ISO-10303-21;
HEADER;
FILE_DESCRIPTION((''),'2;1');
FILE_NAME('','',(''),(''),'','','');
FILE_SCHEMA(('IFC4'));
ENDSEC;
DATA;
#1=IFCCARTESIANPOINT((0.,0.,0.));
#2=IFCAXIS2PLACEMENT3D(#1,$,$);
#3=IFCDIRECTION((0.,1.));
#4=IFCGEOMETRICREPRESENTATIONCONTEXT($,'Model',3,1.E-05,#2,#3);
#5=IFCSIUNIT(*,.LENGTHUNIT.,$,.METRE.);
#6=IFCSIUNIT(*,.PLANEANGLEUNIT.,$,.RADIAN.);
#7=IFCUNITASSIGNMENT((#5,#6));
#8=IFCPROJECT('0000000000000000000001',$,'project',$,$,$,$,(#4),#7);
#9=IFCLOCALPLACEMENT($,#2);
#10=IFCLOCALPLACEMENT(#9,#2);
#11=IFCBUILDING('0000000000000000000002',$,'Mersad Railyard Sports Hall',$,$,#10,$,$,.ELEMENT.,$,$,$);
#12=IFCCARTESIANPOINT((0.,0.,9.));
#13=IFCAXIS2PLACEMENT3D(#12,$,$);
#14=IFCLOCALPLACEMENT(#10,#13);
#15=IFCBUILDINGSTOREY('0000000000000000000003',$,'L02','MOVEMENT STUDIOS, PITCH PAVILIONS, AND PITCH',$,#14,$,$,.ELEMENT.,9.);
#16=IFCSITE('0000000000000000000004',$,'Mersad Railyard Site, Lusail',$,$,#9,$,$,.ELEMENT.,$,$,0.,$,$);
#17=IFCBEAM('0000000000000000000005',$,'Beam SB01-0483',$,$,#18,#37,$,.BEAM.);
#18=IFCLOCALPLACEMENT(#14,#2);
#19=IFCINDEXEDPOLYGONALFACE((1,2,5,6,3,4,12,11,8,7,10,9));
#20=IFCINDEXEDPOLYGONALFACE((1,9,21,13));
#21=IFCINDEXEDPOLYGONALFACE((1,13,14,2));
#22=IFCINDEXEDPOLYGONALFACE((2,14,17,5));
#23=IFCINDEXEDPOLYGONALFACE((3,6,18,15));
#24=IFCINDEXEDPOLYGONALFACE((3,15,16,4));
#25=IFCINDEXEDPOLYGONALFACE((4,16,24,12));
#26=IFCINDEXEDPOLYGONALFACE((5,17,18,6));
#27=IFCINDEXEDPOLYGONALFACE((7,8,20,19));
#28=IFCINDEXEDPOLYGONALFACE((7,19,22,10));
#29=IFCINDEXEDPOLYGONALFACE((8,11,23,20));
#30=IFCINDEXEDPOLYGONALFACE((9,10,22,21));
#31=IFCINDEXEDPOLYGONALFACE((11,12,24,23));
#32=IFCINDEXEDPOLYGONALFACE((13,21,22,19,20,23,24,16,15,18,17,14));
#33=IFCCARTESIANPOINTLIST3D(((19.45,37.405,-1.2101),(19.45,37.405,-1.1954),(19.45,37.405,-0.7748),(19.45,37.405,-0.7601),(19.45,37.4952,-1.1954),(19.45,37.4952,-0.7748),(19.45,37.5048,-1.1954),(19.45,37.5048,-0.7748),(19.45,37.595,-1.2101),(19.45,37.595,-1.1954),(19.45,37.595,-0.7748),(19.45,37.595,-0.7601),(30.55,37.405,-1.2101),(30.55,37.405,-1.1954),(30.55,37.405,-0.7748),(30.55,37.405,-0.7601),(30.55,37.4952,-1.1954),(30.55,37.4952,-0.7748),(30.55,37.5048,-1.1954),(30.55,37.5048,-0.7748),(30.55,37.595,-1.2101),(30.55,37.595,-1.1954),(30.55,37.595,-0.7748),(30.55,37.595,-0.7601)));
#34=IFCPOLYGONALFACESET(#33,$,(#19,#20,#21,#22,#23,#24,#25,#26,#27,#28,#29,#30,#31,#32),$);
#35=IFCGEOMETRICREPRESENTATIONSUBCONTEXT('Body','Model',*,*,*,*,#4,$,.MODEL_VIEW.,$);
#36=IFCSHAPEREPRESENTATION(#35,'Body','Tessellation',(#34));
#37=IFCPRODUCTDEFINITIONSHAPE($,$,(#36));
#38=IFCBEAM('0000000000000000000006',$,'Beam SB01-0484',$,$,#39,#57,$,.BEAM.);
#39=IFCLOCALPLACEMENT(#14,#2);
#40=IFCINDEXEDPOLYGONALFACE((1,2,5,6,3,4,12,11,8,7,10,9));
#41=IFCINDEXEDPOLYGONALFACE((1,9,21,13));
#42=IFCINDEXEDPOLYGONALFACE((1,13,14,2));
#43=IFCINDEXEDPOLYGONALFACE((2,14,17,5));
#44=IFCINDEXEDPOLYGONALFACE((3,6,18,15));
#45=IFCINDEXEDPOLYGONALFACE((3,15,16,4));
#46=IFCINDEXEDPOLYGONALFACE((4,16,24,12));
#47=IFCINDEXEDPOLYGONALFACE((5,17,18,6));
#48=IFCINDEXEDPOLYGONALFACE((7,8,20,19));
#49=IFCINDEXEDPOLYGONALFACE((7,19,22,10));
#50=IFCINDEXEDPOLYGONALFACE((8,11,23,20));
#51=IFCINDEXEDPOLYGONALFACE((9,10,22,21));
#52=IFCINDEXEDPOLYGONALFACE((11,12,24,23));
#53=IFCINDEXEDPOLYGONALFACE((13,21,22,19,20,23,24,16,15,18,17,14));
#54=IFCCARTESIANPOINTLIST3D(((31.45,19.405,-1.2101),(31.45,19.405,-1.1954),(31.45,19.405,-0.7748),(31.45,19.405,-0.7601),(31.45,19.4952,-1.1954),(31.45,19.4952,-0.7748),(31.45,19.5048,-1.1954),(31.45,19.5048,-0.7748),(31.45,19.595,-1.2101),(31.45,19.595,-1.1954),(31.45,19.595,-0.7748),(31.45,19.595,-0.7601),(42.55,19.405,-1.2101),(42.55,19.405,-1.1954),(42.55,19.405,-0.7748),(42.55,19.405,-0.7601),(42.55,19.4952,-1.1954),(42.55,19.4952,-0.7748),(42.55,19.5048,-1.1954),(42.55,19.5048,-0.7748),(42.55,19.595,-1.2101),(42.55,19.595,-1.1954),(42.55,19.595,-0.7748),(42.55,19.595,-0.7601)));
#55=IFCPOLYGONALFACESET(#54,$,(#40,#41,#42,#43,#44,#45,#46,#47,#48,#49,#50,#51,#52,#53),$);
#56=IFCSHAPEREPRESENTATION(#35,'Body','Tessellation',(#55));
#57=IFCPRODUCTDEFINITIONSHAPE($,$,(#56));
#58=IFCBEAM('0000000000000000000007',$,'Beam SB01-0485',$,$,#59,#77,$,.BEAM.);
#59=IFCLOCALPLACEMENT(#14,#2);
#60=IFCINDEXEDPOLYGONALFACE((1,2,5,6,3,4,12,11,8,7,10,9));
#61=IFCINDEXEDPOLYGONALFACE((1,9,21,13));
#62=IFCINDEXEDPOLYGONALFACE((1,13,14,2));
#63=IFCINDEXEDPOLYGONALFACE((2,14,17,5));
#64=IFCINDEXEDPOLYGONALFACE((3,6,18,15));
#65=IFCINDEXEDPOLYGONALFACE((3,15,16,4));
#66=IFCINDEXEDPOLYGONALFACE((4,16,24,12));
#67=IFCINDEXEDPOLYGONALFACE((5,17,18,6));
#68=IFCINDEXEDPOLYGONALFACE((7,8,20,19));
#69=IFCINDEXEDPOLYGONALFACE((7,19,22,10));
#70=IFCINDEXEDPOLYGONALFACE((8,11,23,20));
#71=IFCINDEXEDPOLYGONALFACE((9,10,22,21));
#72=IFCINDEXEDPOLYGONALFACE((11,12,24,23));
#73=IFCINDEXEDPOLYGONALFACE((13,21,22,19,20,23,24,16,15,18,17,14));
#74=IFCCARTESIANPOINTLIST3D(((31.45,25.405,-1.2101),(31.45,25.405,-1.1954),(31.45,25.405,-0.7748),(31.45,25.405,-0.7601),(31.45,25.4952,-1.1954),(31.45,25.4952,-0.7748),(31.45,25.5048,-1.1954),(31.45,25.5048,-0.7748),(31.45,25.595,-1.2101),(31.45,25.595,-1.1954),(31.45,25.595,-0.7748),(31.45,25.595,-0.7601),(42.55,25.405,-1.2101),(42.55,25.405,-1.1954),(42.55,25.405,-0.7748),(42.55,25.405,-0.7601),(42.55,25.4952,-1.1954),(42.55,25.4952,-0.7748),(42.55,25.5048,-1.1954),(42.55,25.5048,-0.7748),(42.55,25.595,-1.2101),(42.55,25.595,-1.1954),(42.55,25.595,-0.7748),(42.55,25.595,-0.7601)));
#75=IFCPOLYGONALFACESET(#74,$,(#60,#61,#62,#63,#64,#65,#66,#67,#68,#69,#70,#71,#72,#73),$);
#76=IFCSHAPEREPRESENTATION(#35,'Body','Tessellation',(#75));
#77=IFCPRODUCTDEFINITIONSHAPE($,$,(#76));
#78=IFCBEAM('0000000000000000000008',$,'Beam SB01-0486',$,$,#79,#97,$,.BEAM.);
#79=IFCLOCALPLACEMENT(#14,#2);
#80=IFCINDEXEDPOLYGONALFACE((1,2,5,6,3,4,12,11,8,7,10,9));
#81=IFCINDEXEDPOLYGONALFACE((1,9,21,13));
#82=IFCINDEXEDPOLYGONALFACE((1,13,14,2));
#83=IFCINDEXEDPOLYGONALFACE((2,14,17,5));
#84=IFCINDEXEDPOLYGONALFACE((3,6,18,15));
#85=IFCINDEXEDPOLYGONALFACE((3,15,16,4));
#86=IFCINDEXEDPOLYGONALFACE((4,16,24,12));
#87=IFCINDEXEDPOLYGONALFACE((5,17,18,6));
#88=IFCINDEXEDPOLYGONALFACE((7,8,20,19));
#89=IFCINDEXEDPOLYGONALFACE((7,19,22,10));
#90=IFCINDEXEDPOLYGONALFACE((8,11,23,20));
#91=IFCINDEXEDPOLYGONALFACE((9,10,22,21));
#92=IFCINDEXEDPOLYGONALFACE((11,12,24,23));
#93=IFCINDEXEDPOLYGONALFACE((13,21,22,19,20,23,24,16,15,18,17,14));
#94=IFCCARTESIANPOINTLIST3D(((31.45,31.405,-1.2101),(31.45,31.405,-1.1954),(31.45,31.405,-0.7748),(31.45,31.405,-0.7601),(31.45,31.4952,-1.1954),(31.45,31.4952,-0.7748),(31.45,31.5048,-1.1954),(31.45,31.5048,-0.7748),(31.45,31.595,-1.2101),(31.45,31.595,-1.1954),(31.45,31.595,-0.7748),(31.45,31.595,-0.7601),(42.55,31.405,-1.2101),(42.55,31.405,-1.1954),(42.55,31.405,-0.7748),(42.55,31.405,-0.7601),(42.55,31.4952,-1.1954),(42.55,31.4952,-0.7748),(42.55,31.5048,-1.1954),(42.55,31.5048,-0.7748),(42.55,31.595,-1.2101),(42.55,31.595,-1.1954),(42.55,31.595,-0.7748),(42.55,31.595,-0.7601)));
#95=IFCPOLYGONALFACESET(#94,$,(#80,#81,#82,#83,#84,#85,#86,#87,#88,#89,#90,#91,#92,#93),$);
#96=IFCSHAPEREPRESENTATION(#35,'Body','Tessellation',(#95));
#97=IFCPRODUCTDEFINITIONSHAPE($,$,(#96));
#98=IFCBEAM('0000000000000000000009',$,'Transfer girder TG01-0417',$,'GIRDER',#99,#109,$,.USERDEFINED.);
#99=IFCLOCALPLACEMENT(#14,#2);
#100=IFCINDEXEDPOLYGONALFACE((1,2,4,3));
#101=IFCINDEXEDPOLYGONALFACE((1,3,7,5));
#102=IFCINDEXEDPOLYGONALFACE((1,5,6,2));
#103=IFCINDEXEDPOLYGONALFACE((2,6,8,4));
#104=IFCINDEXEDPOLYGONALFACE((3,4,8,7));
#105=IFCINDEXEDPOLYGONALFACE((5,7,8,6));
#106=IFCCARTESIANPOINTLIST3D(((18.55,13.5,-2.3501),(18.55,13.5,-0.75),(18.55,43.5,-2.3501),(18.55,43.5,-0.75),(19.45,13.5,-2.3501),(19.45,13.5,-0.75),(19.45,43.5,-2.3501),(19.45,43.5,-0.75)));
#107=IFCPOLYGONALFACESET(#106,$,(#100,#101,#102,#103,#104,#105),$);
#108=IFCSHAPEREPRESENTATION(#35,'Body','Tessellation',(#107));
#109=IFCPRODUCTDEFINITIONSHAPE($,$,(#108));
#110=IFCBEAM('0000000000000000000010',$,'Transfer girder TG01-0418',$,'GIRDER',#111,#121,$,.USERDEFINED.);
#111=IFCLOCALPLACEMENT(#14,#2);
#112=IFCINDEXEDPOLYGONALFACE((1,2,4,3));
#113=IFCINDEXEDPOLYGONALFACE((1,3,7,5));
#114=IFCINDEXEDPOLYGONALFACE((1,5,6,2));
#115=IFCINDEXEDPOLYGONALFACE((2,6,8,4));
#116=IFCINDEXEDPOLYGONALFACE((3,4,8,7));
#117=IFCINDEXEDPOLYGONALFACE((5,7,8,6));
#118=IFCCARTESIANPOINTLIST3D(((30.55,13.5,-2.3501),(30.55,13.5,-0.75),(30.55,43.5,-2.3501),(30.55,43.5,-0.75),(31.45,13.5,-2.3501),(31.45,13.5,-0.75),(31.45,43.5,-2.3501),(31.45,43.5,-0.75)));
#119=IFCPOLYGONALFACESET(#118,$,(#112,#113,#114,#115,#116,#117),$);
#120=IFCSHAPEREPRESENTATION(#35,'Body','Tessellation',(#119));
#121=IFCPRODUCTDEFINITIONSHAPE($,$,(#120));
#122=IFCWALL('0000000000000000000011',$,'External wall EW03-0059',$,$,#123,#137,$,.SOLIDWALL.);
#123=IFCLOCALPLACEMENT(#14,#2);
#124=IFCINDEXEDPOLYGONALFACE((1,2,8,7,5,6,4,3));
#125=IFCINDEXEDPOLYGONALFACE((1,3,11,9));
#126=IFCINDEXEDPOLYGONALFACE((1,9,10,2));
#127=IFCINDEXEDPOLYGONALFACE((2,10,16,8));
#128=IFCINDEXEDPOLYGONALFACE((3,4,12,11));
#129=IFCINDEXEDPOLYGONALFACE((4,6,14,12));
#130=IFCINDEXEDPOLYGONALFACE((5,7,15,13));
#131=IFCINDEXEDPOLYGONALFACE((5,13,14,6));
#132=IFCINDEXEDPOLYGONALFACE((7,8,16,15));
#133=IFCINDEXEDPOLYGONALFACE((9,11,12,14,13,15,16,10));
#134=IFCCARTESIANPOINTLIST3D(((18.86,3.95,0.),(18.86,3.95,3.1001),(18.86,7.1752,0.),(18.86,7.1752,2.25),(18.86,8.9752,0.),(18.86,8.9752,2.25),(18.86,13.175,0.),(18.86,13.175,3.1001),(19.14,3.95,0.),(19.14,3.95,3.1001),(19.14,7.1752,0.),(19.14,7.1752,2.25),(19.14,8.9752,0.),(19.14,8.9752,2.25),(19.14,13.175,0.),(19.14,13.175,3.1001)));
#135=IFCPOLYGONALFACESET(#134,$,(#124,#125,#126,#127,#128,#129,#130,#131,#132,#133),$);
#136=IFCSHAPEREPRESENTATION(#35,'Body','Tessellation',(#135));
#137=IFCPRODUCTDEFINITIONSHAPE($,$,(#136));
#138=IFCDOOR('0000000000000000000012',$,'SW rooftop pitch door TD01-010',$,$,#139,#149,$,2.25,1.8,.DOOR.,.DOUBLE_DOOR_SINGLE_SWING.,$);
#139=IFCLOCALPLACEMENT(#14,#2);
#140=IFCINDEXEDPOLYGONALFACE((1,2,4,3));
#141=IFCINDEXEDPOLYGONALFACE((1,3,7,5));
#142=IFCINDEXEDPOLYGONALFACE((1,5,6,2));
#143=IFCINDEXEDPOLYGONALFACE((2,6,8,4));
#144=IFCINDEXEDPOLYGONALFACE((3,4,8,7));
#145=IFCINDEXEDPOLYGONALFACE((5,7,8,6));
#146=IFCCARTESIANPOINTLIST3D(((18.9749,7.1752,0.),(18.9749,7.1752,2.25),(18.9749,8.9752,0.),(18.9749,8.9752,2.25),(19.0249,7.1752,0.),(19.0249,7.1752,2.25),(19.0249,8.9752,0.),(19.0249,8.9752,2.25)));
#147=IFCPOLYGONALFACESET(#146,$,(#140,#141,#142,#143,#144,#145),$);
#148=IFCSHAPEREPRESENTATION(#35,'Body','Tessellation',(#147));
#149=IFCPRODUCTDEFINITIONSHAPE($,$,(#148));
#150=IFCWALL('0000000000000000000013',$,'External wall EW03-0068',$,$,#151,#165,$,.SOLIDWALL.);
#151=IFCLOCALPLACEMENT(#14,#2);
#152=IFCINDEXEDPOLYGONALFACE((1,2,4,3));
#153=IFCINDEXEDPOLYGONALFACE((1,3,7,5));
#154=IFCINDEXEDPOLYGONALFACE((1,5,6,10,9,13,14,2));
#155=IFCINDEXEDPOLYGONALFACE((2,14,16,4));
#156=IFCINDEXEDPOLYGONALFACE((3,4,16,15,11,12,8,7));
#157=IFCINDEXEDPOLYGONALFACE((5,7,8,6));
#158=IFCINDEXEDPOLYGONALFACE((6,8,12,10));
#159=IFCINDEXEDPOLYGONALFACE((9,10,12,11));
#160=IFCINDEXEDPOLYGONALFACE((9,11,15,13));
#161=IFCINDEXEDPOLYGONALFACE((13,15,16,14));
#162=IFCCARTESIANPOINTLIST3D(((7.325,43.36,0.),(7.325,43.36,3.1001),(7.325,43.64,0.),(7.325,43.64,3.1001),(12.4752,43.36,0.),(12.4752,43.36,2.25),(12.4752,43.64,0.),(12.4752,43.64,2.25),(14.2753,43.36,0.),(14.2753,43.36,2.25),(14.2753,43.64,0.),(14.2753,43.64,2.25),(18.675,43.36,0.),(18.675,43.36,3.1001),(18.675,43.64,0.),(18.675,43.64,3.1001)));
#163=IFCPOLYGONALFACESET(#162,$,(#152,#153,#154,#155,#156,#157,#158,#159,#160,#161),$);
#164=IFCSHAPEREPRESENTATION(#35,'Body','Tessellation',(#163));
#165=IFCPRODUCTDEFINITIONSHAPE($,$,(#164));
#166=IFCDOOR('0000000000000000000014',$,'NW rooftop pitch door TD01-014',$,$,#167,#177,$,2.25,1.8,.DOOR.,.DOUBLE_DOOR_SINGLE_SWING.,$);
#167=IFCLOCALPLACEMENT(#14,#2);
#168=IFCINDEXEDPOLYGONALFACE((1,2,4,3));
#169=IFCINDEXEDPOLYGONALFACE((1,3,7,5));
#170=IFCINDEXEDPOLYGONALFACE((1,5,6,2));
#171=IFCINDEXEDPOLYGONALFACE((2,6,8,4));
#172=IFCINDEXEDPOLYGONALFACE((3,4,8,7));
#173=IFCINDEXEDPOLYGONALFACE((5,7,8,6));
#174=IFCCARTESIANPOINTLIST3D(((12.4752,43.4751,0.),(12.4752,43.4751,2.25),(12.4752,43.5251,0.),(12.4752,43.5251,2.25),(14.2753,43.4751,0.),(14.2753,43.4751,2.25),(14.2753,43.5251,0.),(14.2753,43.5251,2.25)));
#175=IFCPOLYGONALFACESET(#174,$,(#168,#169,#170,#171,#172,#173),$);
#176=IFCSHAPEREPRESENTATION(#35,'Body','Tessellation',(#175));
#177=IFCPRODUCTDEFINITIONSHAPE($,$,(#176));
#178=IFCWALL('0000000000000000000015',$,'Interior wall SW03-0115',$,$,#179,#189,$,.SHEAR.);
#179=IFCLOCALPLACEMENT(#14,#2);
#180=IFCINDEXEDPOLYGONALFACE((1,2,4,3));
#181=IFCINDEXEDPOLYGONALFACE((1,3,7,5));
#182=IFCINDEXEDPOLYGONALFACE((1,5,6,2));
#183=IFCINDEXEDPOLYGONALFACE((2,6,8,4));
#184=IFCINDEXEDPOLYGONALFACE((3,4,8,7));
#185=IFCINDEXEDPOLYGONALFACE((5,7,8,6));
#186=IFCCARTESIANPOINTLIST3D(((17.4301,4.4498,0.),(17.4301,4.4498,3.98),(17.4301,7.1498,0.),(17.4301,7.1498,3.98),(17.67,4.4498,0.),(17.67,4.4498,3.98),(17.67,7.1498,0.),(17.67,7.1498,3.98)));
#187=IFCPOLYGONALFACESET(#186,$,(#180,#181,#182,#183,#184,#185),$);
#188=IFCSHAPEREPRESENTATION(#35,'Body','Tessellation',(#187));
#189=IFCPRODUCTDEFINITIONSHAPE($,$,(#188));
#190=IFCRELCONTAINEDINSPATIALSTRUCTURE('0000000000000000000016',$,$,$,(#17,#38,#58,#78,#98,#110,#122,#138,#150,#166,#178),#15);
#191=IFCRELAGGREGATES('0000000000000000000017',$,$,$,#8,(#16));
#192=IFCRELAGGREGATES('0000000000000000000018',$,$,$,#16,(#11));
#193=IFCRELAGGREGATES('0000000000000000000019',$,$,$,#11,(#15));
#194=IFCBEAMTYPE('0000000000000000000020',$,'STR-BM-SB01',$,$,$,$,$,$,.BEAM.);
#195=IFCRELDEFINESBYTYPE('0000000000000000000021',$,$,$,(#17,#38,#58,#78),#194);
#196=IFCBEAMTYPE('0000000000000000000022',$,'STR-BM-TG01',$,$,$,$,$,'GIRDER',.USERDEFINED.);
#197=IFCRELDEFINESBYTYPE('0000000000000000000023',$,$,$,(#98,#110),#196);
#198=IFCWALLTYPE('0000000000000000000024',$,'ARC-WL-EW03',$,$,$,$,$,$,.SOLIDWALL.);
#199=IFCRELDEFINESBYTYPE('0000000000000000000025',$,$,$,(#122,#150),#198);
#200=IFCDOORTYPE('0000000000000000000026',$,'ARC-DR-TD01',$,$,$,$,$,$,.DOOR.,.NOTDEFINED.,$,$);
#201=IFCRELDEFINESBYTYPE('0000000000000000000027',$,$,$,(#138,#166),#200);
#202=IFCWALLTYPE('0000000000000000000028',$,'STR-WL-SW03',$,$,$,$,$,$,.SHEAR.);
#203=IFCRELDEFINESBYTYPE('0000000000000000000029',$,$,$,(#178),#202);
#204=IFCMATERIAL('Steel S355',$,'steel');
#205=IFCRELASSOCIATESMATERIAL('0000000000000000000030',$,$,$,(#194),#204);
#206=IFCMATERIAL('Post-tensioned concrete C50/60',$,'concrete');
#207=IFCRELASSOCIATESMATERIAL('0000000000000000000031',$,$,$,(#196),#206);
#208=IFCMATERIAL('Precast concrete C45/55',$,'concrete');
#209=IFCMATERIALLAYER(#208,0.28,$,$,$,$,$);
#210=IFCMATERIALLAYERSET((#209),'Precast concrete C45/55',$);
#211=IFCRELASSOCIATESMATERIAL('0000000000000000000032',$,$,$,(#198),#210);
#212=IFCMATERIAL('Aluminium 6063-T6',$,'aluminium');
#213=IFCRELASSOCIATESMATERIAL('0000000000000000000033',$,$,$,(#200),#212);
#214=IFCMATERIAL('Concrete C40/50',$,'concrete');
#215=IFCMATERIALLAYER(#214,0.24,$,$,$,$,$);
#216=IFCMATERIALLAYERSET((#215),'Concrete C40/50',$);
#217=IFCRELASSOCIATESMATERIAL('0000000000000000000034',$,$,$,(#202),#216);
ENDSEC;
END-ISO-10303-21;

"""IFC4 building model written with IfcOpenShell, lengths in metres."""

from ifc_helpers import new_model, si_unit, direction, frame, frame_2d, origin, origin_2d, place, context, subcontext, project, spatial, rectangle, i_section, extrude, material, layer, layer_set, material_profile, profile_set, type_object, element, fill, save


model = new_model("IFC4")

# Units and contexts
model_context = context("Model", 3, precision=1e-05, world=origin(), true_north=direction((0.0, 1.0)))
body_context = subcontext(model_context, "Body", "Model", "MODEL_VIEW")
ifc_project = project(units=[si_unit("LENGTHUNIT", "METRE"), si_unit("PLANEANGLEUNIT", "RADIAN")], contexts=[model_context])

# Site, building, storey
site_placement = place(None, origin())
site = spatial("IfcSite", under=ifc_project, at=site_placement, Name="Mersad Railyard Site, Lusail", CompositionType="ELEMENT", RefElevation=0.0)
building_placement = place(site_placement, origin())
building = spatial("IfcBuilding", under=site, at=building_placement, Name="Mersad Railyard Sports Hall", CompositionType="ELEMENT")
storey_placement = place(building_placement, frame((0.0, 0.0, 9.0)))
storey = spatial("IfcBuildingStorey", under=building, at=storey_placement, Name="L02", Description="MOVEMENT STUDIOS, PITCH PAVILIONS, AND PITCH", CompositionType="ELEMENT", Elevation=9.0)

# Shared definitions
ifc_material_1 = material(Name="Concrete C40/50", Category="concrete")

# Beams
ifc_material_2 = material(Name="Steel S355", Category="steel")
ifc_material_profile_1 = material_profile(ifc_material_2, i_section(OverallWidth=0.1899, OverallDepth=0.45, WebThickness=0.0095, FlangeThickness=0.0146, at=origin_2d()), Name="IPE 450")
ifc_profile_set_1 = profile_set([ifc_material_profile_1], Name="Steel S355")
beam_type_1 = type_object("IfcBeamType", Name="STR-BM-SB01", PredefinedType="BEAM", material=ifc_profile_set_1)
for number, where, z_axis, x_axis, name in (
    (1, (19.45, 37.5, -0.9851), (1.0, 0.0, 0.0), (0.0, 1.0, 0.0), "Beam SB01-0483"),
    (2, (31.45, 19.5, -0.9851), (1.0, 0.0, 0.0), (0.0, 1.0, 0.0), "Beam SB01-0484"),
    (3, (31.45, 25.5, -0.9851), (1.0, 0.0, 0.0), (0.0, 1.0, 0.0), "Beam SB01-0485"),
    (4, (31.45, 31.5, -0.9851), (1.0, 0.0, 0.0), (0.0, 1.0, 0.0), "Beam SB01-0486"),
):
    element("IfcBeam", number, at=place(storey_placement, frame(where, z_axis=z_axis, x_axis=x_axis)), inside=storey, type_object=beam_type_1, Name=name, PredefinedType="BEAM", context=body_context, shape_type="SweptSolid", body=[
        extrude(i_section(OverallWidth=0.1899, OverallDepth=0.45, WebThickness=0.0095, FlangeThickness=0.0146, at=origin_2d()), origin(), (0.0, 0.0, 1.0), 11.1001),
    ])
ifc_material_3 = material(Name="Post-tensioned concrete C50/60", Category="concrete")
ifc_material_profile_2 = material_profile(ifc_material_3, rectangle(XDim=0.8999, YDim=1.6001, at=origin_2d()), Name="PT 900x1600")
ifc_profile_set_2 = profile_set([ifc_material_profile_2], Name="Post-tensioned concrete C50/60")
beam_type_2 = type_object("IfcBeamType", Name="STR-BM-TG01", ElementType="GIRDER", PredefinedType="USERDEFINED", material=ifc_profile_set_2)
for number, where, z_axis, x_axis, name in (
    (5, (19.0, 13.5, -1.55), (0.0, 1.0, 0.0), (-1.0, 0.0, 0.0), "Transfer girder TG01-0417"),
    (6, (31.0, 13.5, -1.55), (0.0, 1.0, 0.0), (-1.0, 0.0, 0.0), "Transfer girder TG01-0418"),
):
    element("IfcBeam", number, at=place(storey_placement, frame(where, z_axis=z_axis, x_axis=x_axis)), inside=storey, type_object=beam_type_2, Name=name, ObjectType="GIRDER", PredefinedType="USERDEFINED", context=body_context, shape_type="SweptSolid", body=[
        extrude(rectangle(XDim=0.8999, YDim=1.6001, at=origin_2d()), origin(), (0.0, 0.0, 1.0), 30.0),
    ])

# Walls, openings, doors
ifc_material_4 = material(Name="Precast concrete C45/55", Category="concrete")
ifc_layer_1 = layer(ifc_material_4, 0.28)
ifc_layer_set_1 = layer_set([ifc_layer_1], Name="Precast concrete C45/55")
wall_type_1 = type_object("IfcWallType", Name="ARC-WL-EW03", PredefinedType="SOLIDWALL", material=ifc_layer_set_1)
wall_1_placement = place(storey_placement, frame((19.0, 13.175, 0.0), z_axis=(0.0, 0.0, 1.0), x_axis=(0.0, -1.0, 0.0)))
wall_1 = element("IfcWall", 7, at=wall_1_placement, inside=storey, type_object=wall_type_1, Name="External wall EW03-0059", PredefinedType="SOLIDWALL", context=body_context, shape_type="SweptSolid", body=[
    extrude(rectangle(XDim=9.2251, YDim=0.28, at=frame_2d((4.6125, 0.0))), origin(), (0.0, 0.0, 1.0), 3.1001),
])
opening_1_placement = place(wall_1_placement, frame((4.2, 0.0, 0.0)))
opening_1 = element("IfcOpeningElement", 8, at=opening_1_placement, cuts=wall_1, PredefinedType="OPENING", context=body_context, shape_type="SweptSolid", body=[
    extrude(rectangle(XDim=1.8, YDim=2.25, at=frame_2d((0.8999, 1.125))), frame((0.0, 0.1499, 0.0), z_axis=(0.0, -1.0, 0.0), x_axis=(1.0, 0.0, 0.0)), (0.0, 0.0, 1.0), 0.3),
])
ifc_material_5 = material(Name="Aluminium 6063-T6", Category="aluminium")
door_type = type_object("IfcDoorType", Name="ARC-DR-TD01", OperationType="NOTDEFINED", PredefinedType="DOOR", material=ifc_material_5)
door_1_placement = place(opening_1_placement, origin())
door_1 = element("IfcDoor", 9, at=door_1_placement, inside=storey, type_object=door_type, Name="SW rooftop pitch door TD01-010", OperationType="DOUBLE_DOOR_SINGLE_SWING", OverallHeight=2.25, OverallWidth=1.8, PredefinedType="DOOR", context=body_context, shape_type="SweptSolid", body=[
    extrude(rectangle(XDim=1.8, YDim=2.25, at=frame_2d((0.8999, 1.125))), frame((0.0, 0.0249, 0.0), z_axis=(0.0, -1.0, 0.0), x_axis=(1.0, 0.0, 0.0)), (0.0, 0.0, 1.0), 0.05),
])
fill(opening_1, door_1)
wall_2_placement = place(storey_placement, frame((18.675, 43.5, 0.0), z_axis=(0.0, 0.0, 1.0), x_axis=(-1.0, 0.0, 0.0)))
wall_2 = element("IfcWall", 10, at=wall_2_placement, inside=storey, type_object=wall_type_1, Name="External wall EW03-0068", PredefinedType="SOLIDWALL", context=body_context, shape_type="SweptSolid", body=[
    extrude(rectangle(XDim=11.3501, YDim=0.28, at=frame_2d((5.675, 0.0))), origin(), (0.0, 0.0, 1.0), 3.1001),
])
opening_2_placement = place(wall_2_placement, frame((4.3999, 0.0, 0.0)))
opening_2 = element("IfcOpeningElement", 11, at=opening_2_placement, cuts=wall_2, PredefinedType="OPENING", context=body_context, shape_type="SweptSolid", body=[
    extrude(rectangle(XDim=1.8, YDim=2.25, at=frame_2d((0.8999, 1.125))), frame((0.0, 0.1499, 0.0), z_axis=(0.0, -1.0, 0.0), x_axis=(1.0, 0.0, 0.0)), (0.0, 0.0, 1.0), 0.3),
])
door_2_placement = place(opening_2_placement, origin())
door_2 = element("IfcDoor", 12, at=door_2_placement, inside=storey, type_object=door_type, Name="NW rooftop pitch door TD01-014", OperationType="DOUBLE_DOOR_SINGLE_SWING", OverallHeight=2.25, OverallWidth=1.8, PredefinedType="DOOR", context=body_context, shape_type="SweptSolid", body=[
    extrude(rectangle(XDim=1.8, YDim=2.25, at=frame_2d((0.8999, 1.125))), frame((0.0, 0.0249, 0.0), z_axis=(0.0, -1.0, 0.0), x_axis=(1.0, 0.0, 0.0)), (0.0, 0.0, 1.0), 0.05),
])
fill(opening_2, door_2)

# Wall
ifc_layer_2 = layer(ifc_material_1, 0.24)
ifc_layer_set_2 = layer_set([ifc_layer_2], Name="Concrete C40/50")
wall_type_2 = type_object("IfcWallType", Name="STR-WL-SW03", PredefinedType="SHEAR", material=ifc_layer_set_2)
wall_3_placement = place(storey_placement, frame((17.55, 7.1499, 0.0), z_axis=(0.0, 0.0, 1.0), x_axis=(0.0, -1.0, 0.0)))
element("IfcWall", 13, at=wall_3_placement, inside=storey, type_object=wall_type_2, Name="Interior wall SW03-0115", PredefinedType="SHEAR", context=body_context, shape_type="SweptSolid", body=[
    extrude(rectangle(XDim=2.7, YDim=0.24, at=frame_2d((1.3501, 0.0))), origin(), (0.0, 0.0, 1.0), 3.98),
])

save(model, "model.ifc")
